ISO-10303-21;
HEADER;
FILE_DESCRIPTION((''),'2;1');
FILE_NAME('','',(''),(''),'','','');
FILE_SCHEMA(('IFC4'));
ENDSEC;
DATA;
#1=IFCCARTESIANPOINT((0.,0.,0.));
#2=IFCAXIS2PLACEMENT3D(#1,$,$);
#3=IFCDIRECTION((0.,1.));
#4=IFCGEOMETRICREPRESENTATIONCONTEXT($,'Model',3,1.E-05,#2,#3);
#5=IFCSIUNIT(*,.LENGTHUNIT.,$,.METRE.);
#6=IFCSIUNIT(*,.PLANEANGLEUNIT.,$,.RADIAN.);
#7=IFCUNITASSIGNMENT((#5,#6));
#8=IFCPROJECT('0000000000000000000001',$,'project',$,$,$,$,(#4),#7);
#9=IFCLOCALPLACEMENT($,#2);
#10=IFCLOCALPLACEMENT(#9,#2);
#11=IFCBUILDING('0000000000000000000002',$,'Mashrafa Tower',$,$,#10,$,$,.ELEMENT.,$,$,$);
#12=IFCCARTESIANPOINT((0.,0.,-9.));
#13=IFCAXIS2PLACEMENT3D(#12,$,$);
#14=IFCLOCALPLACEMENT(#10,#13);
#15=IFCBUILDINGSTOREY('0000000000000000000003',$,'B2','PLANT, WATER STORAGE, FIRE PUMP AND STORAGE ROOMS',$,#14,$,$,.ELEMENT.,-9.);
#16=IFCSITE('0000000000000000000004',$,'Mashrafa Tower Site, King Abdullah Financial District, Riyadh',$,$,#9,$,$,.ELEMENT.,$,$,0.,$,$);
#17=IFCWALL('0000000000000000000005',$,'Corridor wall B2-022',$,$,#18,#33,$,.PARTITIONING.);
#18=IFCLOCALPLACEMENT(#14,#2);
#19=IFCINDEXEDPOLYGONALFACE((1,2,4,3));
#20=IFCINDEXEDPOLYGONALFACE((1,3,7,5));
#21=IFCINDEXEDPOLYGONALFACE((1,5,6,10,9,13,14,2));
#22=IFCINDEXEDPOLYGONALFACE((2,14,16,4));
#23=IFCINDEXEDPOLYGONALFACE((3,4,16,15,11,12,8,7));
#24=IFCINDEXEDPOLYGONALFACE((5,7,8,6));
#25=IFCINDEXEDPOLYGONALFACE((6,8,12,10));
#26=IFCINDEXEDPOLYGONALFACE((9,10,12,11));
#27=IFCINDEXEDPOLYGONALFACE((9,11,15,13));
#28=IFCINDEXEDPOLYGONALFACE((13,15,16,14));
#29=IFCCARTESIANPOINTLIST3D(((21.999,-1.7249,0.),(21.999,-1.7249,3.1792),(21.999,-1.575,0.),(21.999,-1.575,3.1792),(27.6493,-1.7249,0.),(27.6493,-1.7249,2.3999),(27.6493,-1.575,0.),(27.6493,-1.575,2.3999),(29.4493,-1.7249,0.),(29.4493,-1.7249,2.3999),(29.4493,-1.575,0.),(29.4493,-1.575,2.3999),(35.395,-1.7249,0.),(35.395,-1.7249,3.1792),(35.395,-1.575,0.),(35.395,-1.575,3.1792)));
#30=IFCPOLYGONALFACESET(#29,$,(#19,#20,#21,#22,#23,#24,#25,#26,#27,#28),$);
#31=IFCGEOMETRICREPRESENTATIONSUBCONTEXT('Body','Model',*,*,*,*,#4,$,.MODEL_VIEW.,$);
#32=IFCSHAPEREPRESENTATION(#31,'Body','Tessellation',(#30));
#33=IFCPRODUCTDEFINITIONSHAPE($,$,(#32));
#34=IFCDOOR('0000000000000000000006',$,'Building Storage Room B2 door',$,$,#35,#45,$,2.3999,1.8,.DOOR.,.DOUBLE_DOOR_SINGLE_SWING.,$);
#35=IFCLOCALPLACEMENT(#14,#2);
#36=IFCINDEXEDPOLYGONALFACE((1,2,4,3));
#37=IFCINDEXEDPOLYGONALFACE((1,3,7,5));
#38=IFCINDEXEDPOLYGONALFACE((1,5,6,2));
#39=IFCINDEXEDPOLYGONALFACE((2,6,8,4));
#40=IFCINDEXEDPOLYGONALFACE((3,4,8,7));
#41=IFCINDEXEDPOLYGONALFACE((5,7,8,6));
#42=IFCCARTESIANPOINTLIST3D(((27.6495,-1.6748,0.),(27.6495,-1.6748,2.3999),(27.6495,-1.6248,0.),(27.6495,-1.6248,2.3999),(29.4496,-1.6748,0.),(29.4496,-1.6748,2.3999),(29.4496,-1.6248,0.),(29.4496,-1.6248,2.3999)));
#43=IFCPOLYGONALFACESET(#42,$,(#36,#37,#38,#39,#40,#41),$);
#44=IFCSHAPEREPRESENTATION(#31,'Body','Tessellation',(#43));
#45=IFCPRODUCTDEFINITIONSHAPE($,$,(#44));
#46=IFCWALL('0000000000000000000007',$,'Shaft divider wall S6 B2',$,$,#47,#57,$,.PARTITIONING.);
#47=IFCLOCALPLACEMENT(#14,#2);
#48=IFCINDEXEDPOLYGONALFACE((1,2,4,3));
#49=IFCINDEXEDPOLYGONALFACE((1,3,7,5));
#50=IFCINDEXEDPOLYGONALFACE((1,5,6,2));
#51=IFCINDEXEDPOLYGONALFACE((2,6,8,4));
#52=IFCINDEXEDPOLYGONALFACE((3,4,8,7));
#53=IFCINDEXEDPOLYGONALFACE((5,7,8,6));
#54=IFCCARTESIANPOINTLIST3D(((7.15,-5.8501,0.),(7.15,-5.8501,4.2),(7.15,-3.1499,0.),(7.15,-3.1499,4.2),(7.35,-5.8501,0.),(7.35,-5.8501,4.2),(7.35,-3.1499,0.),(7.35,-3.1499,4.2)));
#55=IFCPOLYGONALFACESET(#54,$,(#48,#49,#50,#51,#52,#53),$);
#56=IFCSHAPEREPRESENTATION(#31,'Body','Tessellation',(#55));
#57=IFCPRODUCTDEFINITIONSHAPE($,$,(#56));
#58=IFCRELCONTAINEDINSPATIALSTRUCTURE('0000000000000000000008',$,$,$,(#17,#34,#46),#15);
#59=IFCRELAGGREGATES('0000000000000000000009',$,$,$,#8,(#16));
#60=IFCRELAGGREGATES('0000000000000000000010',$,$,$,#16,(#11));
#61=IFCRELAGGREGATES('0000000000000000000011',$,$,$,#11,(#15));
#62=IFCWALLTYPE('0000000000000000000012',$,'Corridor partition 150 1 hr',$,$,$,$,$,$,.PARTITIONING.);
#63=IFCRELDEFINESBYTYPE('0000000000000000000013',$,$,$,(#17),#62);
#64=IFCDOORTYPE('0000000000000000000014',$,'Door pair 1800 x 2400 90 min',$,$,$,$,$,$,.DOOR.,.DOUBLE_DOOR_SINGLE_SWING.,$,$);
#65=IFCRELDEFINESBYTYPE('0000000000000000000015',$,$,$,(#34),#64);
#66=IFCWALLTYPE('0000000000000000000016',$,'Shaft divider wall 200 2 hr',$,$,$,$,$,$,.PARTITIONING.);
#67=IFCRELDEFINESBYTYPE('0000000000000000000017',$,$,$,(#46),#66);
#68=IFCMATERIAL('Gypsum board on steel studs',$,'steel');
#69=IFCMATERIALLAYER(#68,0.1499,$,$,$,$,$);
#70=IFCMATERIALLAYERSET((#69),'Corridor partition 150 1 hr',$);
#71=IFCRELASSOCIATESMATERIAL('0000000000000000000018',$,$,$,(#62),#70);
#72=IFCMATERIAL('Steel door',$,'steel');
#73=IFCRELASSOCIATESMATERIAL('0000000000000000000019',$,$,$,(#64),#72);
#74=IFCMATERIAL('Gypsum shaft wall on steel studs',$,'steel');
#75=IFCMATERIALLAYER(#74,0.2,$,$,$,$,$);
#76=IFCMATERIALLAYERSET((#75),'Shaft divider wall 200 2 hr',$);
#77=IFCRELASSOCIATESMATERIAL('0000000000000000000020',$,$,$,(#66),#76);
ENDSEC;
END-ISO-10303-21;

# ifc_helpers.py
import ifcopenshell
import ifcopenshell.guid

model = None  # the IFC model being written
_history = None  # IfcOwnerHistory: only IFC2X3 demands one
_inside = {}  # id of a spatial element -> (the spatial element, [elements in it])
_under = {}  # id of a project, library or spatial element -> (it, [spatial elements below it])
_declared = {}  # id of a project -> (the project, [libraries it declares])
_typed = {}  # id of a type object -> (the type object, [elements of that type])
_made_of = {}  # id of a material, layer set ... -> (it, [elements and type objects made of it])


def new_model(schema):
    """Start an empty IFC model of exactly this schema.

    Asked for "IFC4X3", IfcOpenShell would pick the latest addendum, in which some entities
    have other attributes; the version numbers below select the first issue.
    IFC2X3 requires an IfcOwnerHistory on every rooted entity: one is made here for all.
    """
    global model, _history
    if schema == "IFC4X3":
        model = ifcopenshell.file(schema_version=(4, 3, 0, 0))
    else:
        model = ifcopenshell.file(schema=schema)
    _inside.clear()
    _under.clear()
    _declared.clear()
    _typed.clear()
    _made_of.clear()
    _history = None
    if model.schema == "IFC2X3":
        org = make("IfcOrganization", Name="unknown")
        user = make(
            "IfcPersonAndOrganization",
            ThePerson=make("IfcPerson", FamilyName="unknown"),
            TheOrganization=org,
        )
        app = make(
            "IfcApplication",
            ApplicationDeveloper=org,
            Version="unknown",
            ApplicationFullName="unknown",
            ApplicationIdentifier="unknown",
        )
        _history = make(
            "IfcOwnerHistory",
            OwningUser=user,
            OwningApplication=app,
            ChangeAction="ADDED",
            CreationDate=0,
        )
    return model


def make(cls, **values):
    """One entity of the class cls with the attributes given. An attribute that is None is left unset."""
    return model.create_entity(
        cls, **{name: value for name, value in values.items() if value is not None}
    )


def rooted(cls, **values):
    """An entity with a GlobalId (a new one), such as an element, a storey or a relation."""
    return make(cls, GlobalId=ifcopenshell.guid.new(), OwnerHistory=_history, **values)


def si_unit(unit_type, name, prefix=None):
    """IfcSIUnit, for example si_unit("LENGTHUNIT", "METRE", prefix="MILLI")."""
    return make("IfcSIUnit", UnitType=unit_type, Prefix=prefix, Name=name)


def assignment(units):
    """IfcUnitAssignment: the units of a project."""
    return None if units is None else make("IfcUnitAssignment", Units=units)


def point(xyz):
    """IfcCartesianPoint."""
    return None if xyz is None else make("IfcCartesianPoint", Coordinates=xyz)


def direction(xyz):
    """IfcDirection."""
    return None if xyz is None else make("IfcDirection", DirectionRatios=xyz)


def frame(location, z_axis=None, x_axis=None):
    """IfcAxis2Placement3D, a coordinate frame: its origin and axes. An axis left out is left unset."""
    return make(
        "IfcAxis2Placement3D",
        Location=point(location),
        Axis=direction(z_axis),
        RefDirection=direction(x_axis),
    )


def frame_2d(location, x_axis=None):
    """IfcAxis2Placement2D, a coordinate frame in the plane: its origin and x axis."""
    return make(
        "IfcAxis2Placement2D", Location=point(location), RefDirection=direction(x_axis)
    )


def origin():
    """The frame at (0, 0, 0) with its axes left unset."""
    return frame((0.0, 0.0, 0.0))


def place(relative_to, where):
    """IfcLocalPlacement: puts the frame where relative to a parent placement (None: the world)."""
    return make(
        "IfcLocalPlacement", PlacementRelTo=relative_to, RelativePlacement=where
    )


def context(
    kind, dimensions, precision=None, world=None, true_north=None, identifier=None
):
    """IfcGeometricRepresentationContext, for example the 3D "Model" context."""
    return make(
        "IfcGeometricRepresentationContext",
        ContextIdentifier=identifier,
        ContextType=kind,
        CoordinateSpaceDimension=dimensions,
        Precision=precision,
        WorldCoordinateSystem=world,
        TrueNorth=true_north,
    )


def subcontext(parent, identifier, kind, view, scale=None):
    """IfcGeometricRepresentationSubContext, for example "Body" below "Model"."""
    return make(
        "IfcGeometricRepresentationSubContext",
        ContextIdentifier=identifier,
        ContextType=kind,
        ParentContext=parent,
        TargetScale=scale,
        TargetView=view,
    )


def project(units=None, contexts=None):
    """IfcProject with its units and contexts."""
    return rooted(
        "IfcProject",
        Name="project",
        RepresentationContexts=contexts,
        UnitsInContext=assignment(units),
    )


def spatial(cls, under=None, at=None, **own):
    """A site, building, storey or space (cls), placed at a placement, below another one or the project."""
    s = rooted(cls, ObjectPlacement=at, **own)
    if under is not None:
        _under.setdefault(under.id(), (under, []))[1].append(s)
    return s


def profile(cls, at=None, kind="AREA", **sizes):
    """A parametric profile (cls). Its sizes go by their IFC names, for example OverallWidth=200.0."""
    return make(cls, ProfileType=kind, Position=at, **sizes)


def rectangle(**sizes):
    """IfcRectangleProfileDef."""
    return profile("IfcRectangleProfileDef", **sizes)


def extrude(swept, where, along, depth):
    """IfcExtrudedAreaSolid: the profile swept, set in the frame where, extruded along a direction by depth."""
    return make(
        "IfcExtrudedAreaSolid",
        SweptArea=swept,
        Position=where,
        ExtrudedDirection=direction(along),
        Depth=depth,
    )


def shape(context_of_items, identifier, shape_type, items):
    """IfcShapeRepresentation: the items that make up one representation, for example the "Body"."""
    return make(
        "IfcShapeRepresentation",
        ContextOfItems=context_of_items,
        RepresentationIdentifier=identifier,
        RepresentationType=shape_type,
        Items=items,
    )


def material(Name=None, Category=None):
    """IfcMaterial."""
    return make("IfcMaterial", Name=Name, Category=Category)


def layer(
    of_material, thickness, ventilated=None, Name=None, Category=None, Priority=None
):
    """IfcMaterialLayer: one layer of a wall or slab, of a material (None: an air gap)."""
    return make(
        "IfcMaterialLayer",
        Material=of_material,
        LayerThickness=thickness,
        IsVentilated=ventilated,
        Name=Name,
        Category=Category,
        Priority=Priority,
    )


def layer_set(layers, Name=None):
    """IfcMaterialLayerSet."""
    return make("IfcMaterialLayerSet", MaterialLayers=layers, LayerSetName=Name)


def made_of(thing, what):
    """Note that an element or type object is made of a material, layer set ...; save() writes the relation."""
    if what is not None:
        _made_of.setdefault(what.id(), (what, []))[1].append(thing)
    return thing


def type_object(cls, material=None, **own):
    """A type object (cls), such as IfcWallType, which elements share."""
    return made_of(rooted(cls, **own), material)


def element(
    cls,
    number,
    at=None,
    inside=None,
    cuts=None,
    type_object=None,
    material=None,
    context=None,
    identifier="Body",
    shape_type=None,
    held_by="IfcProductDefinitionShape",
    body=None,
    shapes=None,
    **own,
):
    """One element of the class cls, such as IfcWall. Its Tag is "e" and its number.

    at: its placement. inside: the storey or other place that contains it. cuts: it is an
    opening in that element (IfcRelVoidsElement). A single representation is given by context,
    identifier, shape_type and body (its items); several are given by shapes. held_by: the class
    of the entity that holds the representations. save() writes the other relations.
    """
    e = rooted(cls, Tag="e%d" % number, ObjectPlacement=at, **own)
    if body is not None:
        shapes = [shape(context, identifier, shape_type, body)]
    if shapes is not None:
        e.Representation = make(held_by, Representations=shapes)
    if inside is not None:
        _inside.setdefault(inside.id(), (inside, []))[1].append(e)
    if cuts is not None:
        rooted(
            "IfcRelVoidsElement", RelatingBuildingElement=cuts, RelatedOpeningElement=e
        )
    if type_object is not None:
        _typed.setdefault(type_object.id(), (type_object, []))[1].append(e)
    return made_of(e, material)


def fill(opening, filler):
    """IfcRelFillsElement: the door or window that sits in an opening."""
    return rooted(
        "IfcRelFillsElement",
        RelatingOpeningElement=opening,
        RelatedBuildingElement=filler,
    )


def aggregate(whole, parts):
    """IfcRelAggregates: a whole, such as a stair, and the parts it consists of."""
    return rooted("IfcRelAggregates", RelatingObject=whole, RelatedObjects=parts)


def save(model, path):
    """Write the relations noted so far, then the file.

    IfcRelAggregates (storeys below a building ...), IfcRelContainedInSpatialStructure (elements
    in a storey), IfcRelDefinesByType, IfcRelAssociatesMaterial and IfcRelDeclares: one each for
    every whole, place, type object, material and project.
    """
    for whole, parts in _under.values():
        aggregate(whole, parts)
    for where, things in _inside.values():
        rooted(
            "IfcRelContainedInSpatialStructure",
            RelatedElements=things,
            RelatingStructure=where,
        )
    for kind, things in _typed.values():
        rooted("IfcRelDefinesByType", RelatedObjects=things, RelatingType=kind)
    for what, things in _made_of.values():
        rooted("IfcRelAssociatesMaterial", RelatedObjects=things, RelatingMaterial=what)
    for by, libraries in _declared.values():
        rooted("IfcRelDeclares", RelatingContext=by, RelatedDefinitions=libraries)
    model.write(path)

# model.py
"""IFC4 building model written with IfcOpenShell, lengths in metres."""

from ifc_helpers import new_model, si_unit, direction, frame, frame_2d, origin, place, context, subcontext, project, spatial, rectangle, extrude, material, layer, layer_set, type_object, element, fill, save


model = new_model("IFC4")

# Units and contexts
model_context = context("Model", 3, precision=1e-05, world=origin(), true_north=direction((0.0, 1.0)))
body_context = subcontext(model_context, "Body", "Model", "MODEL_VIEW")
ifc_project = project(units=[si_unit("LENGTHUNIT", "METRE"), si_unit("PLANEANGLEUNIT", "RADIAN")], contexts=[model_context])

# Site, building, storey
site_placement = place(None, origin())
site = spatial("IfcSite", under=ifc_project, at=site_placement, Name="Mashrafa Tower Site, King Abdullah Financial District, Riyadh", CompositionType="ELEMENT", RefElevation=0.0)
building_placement = place(site_placement, origin())
building = spatial("IfcBuilding", under=site, at=building_placement, Name="Mashrafa Tower", CompositionType="ELEMENT")
storey_placement = place(building_placement, frame((0.0, 0.0, -9.0)))
storey = spatial("IfcBuildingStorey", under=building, at=storey_placement, Name="B2", Description="PLANT, WATER STORAGE, FIRE PUMP AND STORAGE ROOMS", CompositionType="ELEMENT", Elevation=-9.0)

# Wall, opening, door
ifc_material_1 = material(Name="Gypsum board on steel studs", Category="steel")
ifc_layer_1 = layer(ifc_material_1, 0.1499)
ifc_layer_set_1 = layer_set([ifc_layer_1], Name="Corridor partition 150 1 hr")
wall_type_1 = type_object("IfcWallType", Name="Corridor partition 150 1 hr", PredefinedType="PARTITIONING", material=ifc_layer_set_1)
wall_1_placement = place(storey_placement, frame((21.999, -1.6499, 0.0), z_axis=(0.0, 0.0, 1.0), x_axis=(1.0, 0.0, 0.0)))
wall_1 = element("IfcWall", 1, at=wall_1_placement, inside=storey, type_object=wall_type_1, Name="Corridor wall B2-022", PredefinedType="PARTITIONING", context=body_context, shape_type="SweptSolid", body=[
    extrude(rectangle(XDim=13.396, YDim=0.1499, at=frame_2d((6.698, 0.0))), origin(), (0.0, 0.0, 1.0), 3.1792),
])
opening_1_placement = place(wall_1_placement, frame((5.6504, 0.0, 0.0)))
opening_1 = element("IfcOpeningElement", 2, at=opening_1_placement, cuts=wall_1, PredefinedType="OPENING", context=body_context, shape_type="SweptSolid", body=[
    extrude(rectangle(XDim=1.8, YDim=2.3999, at=frame_2d((0.8999, 1.2))), frame((0.0, 0.085, 0.0), z_axis=(0.0, -1.0, 0.0), x_axis=(1.0, 0.0, 0.0)), (0.0, 0.0, 1.0), 0.1699),
])
ifc_material_2 = material(Name="Steel door", Category="steel")
door_type_1 = type_object("IfcDoorType", Name="Door pair 1800 x 2400 90 min", OperationType="DOUBLE_DOOR_SINGLE_SWING", PredefinedType="DOOR", material=ifc_material_2)
door_1_placement = place(opening_1_placement, frame((1.8, 0.0, 0.0), z_axis=(0.0, 0.0, 1.0), x_axis=(-1.0, 0.0, 0.0)))
door_1 = element("IfcDoor", 3, at=door_1_placement, inside=storey, type_object=door_type_1, Name="Building Storage Room B2 door", OperationType="DOUBLE_DOOR_SINGLE_SWING", OverallHeight=2.3999, OverallWidth=1.8, PredefinedType="DOOR", context=body_context, shape_type="SweptSolid", body=[
    extrude(rectangle(XDim=1.8, YDim=2.3999, at=frame_2d((0.8999, 1.2))), frame((0.0, 0.0249, 0.0), z_axis=(0.0, -1.0, 0.0), x_axis=(1.0, 0.0, 0.0)), (0.0, 0.0, 1.0), 0.05),
])
fill(opening_1, door_1)

# Wall
ifc_material_3 = material(Name="Gypsum shaft wall on steel studs", Category="steel")
ifc_layer_2 = layer(ifc_material_3, 0.2)
ifc_layer_set_2 = layer_set([ifc_layer_2], Name="Shaft divider wall 200 2 hr")
wall_type_2 = type_object("IfcWallType", Name="Shaft divider wall 200 2 hr", PredefinedType="PARTITIONING", material=ifc_layer_set_2)
wall_2_placement = place(storey_placement, frame((7.25, -5.8501, 0.0), z_axis=(0.0, 0.0, 1.0), x_axis=(0.0, 1.0, 0.0)))
element("IfcWall", 4, at=wall_2_placement, inside=storey, type_object=wall_type_2, Name="Shaft divider wall S6 B2", PredefinedType="PARTITIONING", context=body_context, shape_type="SweptSolid", body=[
    extrude(rectangle(XDim=2.7002, YDim=0.2, at=frame_2d((1.3501, 0.0))), origin(), (0.0, 0.0, 1.0), 4.2),
])

save(model, "model.ifc")
